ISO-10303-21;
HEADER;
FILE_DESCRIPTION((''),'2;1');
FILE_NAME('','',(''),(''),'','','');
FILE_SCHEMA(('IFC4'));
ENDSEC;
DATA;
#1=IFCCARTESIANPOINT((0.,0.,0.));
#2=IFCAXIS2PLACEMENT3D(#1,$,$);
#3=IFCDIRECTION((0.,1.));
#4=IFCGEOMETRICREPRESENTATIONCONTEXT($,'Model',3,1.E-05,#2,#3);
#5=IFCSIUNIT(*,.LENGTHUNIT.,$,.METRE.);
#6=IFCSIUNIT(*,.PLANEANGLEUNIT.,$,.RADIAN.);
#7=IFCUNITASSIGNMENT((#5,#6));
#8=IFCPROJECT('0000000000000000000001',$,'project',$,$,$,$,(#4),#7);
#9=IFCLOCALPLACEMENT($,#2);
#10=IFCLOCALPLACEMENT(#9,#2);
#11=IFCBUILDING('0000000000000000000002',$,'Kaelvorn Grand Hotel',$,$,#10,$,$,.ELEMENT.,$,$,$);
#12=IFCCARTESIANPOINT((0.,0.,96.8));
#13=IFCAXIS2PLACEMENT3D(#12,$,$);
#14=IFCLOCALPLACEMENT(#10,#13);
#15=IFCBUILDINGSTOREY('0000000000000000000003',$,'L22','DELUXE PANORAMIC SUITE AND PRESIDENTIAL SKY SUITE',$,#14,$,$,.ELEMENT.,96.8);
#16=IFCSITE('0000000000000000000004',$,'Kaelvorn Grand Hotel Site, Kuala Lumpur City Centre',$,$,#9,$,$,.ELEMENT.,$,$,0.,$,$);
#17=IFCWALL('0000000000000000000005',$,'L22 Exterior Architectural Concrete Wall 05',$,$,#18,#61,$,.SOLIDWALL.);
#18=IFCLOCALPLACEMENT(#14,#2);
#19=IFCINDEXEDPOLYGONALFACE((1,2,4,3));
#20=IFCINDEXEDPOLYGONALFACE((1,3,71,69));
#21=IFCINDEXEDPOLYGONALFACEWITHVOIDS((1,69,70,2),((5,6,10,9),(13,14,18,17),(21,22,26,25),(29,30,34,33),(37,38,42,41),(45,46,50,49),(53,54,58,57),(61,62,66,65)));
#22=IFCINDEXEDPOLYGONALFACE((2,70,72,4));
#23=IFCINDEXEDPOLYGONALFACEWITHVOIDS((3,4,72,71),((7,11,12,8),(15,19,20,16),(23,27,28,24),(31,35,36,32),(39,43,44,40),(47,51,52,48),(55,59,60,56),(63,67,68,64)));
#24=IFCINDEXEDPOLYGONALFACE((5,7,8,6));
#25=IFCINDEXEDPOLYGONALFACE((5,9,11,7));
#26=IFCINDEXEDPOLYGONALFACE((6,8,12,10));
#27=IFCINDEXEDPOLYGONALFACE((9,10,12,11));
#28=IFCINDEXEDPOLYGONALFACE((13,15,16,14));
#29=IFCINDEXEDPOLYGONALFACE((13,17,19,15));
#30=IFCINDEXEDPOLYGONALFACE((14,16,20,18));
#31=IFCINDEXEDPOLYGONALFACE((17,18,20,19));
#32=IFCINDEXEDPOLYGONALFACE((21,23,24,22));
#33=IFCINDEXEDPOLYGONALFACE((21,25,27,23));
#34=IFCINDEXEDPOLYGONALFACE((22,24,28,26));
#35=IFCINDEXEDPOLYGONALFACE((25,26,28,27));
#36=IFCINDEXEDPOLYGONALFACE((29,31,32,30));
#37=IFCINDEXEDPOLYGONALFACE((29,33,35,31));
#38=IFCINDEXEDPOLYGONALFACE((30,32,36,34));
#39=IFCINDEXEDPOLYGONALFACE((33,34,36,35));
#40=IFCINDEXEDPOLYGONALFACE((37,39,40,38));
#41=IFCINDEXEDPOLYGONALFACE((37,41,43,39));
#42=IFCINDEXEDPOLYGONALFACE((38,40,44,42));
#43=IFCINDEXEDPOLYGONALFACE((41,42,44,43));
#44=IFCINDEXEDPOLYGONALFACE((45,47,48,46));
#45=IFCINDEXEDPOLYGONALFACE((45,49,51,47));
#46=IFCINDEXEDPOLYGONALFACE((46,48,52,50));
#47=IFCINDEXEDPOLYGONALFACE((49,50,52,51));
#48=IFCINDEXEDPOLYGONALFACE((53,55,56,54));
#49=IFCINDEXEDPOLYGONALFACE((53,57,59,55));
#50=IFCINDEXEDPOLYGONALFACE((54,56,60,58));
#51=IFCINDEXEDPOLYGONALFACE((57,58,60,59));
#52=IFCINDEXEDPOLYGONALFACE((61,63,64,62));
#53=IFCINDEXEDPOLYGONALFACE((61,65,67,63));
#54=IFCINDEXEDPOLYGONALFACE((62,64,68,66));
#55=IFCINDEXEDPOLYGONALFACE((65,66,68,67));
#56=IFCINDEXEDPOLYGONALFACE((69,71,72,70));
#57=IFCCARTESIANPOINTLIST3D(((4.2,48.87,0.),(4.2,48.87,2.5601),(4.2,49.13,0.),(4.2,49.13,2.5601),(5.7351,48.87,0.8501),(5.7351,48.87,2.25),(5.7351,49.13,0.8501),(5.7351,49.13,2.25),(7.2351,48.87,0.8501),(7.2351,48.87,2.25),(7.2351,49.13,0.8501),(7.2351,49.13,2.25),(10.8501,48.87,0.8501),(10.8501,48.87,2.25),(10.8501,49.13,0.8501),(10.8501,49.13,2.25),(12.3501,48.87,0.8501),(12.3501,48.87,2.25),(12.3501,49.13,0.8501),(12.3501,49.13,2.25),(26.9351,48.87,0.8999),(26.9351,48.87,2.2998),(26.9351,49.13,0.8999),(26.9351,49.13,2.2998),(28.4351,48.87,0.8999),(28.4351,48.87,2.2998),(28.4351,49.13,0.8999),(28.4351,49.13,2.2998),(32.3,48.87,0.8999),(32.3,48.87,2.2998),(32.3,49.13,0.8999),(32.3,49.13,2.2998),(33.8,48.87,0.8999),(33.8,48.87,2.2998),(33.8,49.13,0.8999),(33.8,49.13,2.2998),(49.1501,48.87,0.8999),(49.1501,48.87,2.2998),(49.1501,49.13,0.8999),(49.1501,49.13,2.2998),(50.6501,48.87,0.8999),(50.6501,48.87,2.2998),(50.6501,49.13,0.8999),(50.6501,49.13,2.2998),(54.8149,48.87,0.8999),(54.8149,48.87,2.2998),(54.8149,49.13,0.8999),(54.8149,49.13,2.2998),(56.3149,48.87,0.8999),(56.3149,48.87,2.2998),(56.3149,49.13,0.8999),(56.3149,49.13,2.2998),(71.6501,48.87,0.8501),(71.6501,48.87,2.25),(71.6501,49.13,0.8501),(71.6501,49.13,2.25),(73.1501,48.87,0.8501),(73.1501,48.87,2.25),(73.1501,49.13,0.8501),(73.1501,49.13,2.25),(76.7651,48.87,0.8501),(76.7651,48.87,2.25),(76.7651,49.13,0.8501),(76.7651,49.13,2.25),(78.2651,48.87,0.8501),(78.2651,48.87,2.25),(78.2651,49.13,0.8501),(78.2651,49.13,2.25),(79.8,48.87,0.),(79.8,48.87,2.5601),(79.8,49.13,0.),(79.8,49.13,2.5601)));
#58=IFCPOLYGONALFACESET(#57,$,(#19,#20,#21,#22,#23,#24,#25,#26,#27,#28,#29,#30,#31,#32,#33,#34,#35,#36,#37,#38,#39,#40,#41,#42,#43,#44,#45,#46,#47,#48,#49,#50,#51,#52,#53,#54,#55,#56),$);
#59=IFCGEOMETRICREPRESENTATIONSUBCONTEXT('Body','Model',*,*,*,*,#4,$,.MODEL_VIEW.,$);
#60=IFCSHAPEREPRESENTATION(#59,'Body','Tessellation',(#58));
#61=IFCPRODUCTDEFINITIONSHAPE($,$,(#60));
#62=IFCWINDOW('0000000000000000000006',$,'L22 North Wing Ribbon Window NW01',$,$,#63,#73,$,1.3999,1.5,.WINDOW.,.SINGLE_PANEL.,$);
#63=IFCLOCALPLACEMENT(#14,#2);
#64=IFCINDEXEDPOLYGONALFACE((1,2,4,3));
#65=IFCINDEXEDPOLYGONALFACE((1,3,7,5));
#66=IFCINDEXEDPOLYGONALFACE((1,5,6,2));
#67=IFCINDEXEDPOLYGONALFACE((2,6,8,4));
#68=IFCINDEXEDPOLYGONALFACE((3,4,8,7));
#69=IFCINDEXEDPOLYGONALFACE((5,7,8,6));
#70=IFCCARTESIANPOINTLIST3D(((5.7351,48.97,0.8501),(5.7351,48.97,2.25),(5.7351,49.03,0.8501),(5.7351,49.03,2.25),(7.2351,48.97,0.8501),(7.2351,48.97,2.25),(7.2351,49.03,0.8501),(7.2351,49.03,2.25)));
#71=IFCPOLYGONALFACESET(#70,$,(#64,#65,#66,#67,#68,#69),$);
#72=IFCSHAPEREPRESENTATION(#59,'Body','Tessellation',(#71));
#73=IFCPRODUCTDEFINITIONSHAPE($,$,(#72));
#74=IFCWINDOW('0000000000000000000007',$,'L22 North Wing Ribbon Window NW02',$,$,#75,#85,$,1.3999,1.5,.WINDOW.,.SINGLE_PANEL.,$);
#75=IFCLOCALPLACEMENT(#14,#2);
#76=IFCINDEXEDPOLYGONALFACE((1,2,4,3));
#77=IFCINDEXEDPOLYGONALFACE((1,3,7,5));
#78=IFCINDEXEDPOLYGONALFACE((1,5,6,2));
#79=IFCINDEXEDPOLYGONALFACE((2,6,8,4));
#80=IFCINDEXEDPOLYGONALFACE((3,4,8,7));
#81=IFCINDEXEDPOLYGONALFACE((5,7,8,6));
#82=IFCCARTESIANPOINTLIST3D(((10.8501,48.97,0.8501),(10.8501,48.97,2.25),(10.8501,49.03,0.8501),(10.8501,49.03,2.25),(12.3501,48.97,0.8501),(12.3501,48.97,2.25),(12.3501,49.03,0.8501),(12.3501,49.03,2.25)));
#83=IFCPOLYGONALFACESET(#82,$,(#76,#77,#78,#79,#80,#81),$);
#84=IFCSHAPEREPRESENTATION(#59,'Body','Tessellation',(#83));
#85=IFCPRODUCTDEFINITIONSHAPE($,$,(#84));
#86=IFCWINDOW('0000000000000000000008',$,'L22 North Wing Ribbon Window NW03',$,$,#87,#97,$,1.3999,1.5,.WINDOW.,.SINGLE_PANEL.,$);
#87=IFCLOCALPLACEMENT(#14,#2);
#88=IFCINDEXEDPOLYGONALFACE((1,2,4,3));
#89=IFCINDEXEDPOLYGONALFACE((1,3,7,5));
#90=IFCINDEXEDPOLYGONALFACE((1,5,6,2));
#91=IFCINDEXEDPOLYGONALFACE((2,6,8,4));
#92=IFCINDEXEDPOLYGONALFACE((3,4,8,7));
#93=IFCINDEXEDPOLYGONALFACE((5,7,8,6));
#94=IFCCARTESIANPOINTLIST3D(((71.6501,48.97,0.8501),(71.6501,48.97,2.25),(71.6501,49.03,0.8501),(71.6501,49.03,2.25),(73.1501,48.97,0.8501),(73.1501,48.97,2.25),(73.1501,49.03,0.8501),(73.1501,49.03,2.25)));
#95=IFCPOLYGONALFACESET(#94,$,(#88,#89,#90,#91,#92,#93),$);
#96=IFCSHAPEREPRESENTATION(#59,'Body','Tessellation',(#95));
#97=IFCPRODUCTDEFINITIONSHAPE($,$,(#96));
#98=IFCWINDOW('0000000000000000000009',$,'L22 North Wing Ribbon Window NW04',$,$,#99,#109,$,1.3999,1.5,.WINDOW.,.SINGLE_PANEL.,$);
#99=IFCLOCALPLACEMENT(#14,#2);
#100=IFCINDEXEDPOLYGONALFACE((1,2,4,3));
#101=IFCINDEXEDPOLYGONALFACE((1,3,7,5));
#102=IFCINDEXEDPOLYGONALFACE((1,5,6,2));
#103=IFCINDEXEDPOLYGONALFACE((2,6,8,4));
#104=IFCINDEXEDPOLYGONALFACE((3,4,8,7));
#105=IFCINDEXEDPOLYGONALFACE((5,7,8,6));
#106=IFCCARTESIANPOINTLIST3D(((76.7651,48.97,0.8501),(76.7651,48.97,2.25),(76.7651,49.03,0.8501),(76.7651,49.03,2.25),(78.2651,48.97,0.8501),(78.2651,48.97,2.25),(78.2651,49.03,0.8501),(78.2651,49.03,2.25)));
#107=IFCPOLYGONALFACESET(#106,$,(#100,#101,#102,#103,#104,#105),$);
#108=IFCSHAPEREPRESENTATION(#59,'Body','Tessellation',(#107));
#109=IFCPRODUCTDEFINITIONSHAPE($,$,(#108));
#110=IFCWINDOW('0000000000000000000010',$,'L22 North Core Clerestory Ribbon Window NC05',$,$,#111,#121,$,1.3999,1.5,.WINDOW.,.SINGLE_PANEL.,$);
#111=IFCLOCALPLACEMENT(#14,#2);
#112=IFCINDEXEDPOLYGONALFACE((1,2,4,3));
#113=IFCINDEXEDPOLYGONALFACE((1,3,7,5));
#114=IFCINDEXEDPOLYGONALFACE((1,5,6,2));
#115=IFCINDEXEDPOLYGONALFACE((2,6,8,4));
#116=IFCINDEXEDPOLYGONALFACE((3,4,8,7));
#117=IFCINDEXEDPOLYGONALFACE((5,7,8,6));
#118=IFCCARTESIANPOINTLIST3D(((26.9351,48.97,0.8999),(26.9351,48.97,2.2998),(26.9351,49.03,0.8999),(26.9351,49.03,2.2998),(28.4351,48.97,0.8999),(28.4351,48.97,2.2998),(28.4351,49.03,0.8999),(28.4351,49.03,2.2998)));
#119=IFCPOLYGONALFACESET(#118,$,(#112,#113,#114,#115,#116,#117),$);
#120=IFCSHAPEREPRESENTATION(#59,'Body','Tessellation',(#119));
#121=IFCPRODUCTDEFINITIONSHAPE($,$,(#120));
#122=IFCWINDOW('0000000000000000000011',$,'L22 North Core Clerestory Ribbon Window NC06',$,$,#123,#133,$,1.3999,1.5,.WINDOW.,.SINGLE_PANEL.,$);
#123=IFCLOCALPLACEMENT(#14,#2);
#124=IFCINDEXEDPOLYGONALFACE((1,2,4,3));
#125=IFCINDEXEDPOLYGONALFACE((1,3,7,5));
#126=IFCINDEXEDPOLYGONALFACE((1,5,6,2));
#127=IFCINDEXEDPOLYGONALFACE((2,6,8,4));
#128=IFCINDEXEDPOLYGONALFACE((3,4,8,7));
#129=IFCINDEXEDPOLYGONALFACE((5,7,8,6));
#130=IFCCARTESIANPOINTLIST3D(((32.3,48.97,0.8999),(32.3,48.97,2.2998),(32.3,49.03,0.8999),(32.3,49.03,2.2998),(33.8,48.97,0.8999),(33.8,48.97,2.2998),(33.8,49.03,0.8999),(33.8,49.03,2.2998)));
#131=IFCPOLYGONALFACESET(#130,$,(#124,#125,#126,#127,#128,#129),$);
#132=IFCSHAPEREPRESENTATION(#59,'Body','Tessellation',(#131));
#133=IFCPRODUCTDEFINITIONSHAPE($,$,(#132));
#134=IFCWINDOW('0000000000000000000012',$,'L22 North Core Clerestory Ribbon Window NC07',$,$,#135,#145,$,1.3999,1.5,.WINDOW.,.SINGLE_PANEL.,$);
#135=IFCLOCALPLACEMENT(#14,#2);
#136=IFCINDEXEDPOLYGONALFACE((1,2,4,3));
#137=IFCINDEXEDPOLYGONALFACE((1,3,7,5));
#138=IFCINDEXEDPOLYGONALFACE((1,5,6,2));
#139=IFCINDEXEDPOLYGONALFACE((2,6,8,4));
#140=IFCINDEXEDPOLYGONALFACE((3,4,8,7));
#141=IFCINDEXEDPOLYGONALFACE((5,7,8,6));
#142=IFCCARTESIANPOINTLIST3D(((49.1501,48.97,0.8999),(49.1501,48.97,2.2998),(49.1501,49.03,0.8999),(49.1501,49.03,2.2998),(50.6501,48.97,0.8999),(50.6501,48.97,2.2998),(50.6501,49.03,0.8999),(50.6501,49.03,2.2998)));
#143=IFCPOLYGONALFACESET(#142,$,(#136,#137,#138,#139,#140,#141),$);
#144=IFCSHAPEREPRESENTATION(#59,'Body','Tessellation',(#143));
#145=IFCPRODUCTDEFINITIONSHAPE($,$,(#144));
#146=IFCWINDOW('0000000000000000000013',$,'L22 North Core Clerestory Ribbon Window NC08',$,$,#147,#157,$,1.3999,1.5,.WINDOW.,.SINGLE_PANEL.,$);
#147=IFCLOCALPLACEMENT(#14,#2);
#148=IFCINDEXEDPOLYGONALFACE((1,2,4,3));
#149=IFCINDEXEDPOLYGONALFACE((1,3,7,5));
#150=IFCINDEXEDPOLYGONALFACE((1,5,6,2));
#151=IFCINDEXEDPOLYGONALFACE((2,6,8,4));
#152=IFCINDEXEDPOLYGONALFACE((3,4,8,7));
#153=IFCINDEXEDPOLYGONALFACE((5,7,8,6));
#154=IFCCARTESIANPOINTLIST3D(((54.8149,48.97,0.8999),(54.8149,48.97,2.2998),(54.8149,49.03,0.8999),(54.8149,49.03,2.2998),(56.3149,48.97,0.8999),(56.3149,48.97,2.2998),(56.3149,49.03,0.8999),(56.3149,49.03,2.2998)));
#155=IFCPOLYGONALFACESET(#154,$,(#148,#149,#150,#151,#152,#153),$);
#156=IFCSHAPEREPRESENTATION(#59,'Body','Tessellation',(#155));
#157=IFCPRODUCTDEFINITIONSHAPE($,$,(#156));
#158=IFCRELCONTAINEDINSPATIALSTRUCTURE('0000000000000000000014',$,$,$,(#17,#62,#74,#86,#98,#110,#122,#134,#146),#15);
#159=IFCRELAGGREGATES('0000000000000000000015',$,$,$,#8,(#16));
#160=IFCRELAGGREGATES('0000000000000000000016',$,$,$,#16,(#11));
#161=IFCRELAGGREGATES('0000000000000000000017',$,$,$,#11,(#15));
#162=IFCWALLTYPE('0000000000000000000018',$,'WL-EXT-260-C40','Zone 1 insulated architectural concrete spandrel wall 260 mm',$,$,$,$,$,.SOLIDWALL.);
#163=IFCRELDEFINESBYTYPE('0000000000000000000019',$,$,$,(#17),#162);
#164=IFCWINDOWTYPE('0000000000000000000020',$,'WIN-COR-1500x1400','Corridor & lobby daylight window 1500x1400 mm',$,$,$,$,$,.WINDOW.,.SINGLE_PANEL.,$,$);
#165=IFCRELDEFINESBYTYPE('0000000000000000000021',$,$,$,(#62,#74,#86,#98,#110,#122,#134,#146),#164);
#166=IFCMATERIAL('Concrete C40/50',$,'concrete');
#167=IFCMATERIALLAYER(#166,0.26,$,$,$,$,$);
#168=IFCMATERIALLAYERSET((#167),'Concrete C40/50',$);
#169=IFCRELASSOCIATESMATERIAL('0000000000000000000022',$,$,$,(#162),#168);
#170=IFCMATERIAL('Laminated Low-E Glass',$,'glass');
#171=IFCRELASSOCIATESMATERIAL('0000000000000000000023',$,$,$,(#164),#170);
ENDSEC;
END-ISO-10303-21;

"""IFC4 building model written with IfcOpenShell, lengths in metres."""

from ifc_helpers import new_model, si_unit, direction, frame, frame_2d, origin, place, context, subcontext, project, spatial, rectangle, extrude, material, layer, layer_set, type_object, element, fill, save


model = new_model("IFC4")

# Units and contexts
model_context = context("Model", 3, precision=1e-05, world=origin(), true_north=direction((0.0, 1.0)))
body_context = subcontext(model_context, "Body", "Model", "MODEL_VIEW")
ifc_project = project(units=[si_unit("LENGTHUNIT", "METRE"), si_unit("PLANEANGLEUNIT", "RADIAN")], contexts=[model_context])

# Site, building, storey
site_placement = place(None, origin())
site = spatial("IfcSite", under=ifc_project, at=site_placement, Name="Kaelvorn Grand Hotel Site, Kuala Lumpur City Centre", CompositionType="ELEMENT", RefElevation=0.0)
building_placement = place(site_placement, origin())
building = spatial("IfcBuilding", under=site, at=building_placement, Name="Kaelvorn Grand Hotel", CompositionType="ELEMENT")
storey_placement = place(building_placement, frame((0.0, 0.0, 96.8)))
storey = spatial("IfcBuildingStorey", under=building, at=storey_placement, Name="L22", Description="DELUXE PANORAMIC SUITE AND PRESIDENTIAL SKY SUITE", CompositionType="ELEMENT", Elevation=96.8)

# Shared definitions
ifc_material_1 = material(Name="Concrete C40/50", Category="concrete")
ifc_layer_1 = layer(ifc_material_1, 0.26)
ifc_layer_set_1 = layer_set([ifc_layer_1], Name="Concrete C40/50")
wall_type = type_object("IfcWallType", Name="WL-EXT-260-C40", Description="Zone 1 insulated architectural concrete spandrel wall 260 mm", PredefinedType="SOLIDWALL", material=ifc_layer_set_1)

# Wall, openings, windows
wall_1_placement = place(storey_placement, frame((79.8, 49.0, 0.0), z_axis=(0.0, 0.0, 1.0), x_axis=(-1.0, 0.0, 0.0)))
wall_1 = element("IfcWall", 1, at=wall_1_placement, inside=storey, type_object=wall_type, Name="L22 Exterior Architectural Concrete Wall 05", PredefinedType="SOLIDWALL", context=body_context, shape_type="SweptSolid", body=[
    extrude(rectangle(XDim=75.6001, YDim=0.26, at=frame_2d((37.8, 0.0))), origin(), (0.0, 0.0, 1.0), 2.5601),
])
opening_1_placement = place(wall_1_placement, frame((72.5649, 0.0, 0.8501)))
opening_1 = element("IfcOpeningElement", 2, at=opening_1_placement, cuts=wall_1, PredefinedType="OPENING", context=body_context, shape_type="SweptSolid", body=[
    extrude(rectangle(XDim=1.5, YDim=1.3999, at=frame_2d((0.75, 0.7))), frame((0.0, 0.1401, 0.0), z_axis=(0.0, -1.0, 0.0), x_axis=(1.0, 0.0, 0.0)), (0.0, 0.0, 1.0), 0.28),
])
opening_2_placement = place(wall_1_placement, frame((67.45, 0.0, 0.8501)))
opening_2 = element("IfcOpeningElement", 3, at=opening_2_placement, cuts=wall_1, PredefinedType="OPENING", context=body_context, shape_type="SweptSolid", body=[
    extrude(rectangle(XDim=1.5, YDim=1.3999, at=frame_2d((0.75, 0.7))), frame((0.0, 0.1401, 0.0), z_axis=(0.0, -1.0, 0.0), x_axis=(1.0, 0.0, 0.0)), (0.0, 0.0, 1.0), 0.28),
])
opening_3_placement = place(wall_1_placement, frame((6.6499, 0.0, 0.8501)))
opening_3 = element("IfcOpeningElement", 4, at=opening_3_placement, cuts=wall_1, PredefinedType="OPENING", context=body_context, shape_type="SweptSolid", body=[
    extrude(rectangle(XDim=1.5, YDim=1.3999, at=frame_2d((0.75, 0.7))), frame((0.0, 0.1401, 0.0), z_axis=(0.0, -1.0, 0.0), x_axis=(1.0, 0.0, 0.0)), (0.0, 0.0, 1.0), 0.28),
])
opening_4_placement = place(wall_1_placement, frame((1.5349, 0.0, 0.8501)))
opening_4 = element("IfcOpeningElement", 5, at=opening_4_placement, cuts=wall_1, PredefinedType="OPENING", context=body_context, shape_type="SweptSolid", body=[
    extrude(rectangle(XDim=1.5, YDim=1.3999, at=frame_2d((0.75, 0.7))), frame((0.0, 0.1401, 0.0), z_axis=(0.0, -1.0, 0.0), x_axis=(1.0, 0.0, 0.0)), (0.0, 0.0, 1.0), 0.28),
])
opening_5_placement = place(wall_1_placement, frame((51.365, 0.0, 0.8999)))
opening_5 = element("IfcOpeningElement", 6, at=opening_5_placement, cuts=wall_1, PredefinedType="OPENING", context=body_context, shape_type="SweptSolid", body=[
    extrude(rectangle(XDim=1.5, YDim=1.3999, at=frame_2d((0.75, 0.7))), frame((0.0, 0.1401, 0.0), z_axis=(0.0, -1.0, 0.0), x_axis=(1.0, 0.0, 0.0)), (0.0, 0.0, 1.0), 0.28),
])
opening_6_placement = place(wall_1_placement, frame((46.0, 0.0, 0.8999)))
opening_6 = element("IfcOpeningElement", 7, at=opening_6_placement, cuts=wall_1, PredefinedType="OPENING", context=body_context, shape_type="SweptSolid", body=[
    extrude(rectangle(XDim=1.5, YDim=1.3999, at=frame_2d((0.75, 0.7))), frame((0.0, 0.1401, 0.0), z_axis=(0.0, -1.0, 0.0), x_axis=(1.0, 0.0, 0.0)), (0.0, 0.0, 1.0), 0.28),
])
opening_7_placement = place(wall_1_placement, frame((29.1499, 0.0, 0.8999)))
opening_7 = element("IfcOpeningElement", 8, at=opening_7_placement, cuts=wall_1, PredefinedType="OPENING", context=body_context, shape_type="SweptSolid", body=[
    extrude(rectangle(XDim=1.5, YDim=1.3999, at=frame_2d((0.75, 0.7))), frame((0.0, 0.1401, 0.0), z_axis=(0.0, -1.0, 0.0), x_axis=(1.0, 0.0, 0.0)), (0.0, 0.0, 1.0), 0.28),
])
opening_8_placement = place(wall_1_placement, frame((23.4851, 0.0, 0.8999)))
opening_8 = element("IfcOpeningElement", 9, at=opening_8_placement, cuts=wall_1, PredefinedType="OPENING", context=body_context, shape_type="SweptSolid", body=[
    extrude(rectangle(XDim=1.5, YDim=1.3999, at=frame_2d((0.75, 0.7))), frame((0.0, 0.1401, 0.0), z_axis=(0.0, -1.0, 0.0), x_axis=(1.0, 0.0, 0.0)), (0.0, 0.0, 1.0), 0.28),
])
ifc_material_2 = material(Name="Laminated Low-E Glass", Category="glass")
window_type = type_object("IfcWindowType", Name="WIN-COR-1500x1400", Description="Corridor & lobby daylight window 1500x1400 mm", PartitioningType="SINGLE_PANEL", PredefinedType="WINDOW", material=ifc_material_2)
window_1_placement = place(opening_1_placement, origin())
window_1 = element("IfcWindow", 10, at=window_1_placement, inside=storey, type_object=window_type, Name="L22 North Wing Ribbon Window NW01", OverallHeight=1.3999, OverallWidth=1.5, PartitioningType="SINGLE_PANEL", PredefinedType="WINDOW", context=body_context, shape_type="SweptSolid", body=[
    extrude(rectangle(XDim=1.5, YDim=1.3999, at=frame_2d((0.75, 0.7))), frame((0.0, 0.03, 0.0), z_axis=(0.0, -1.0, 0.0), x_axis=(1.0, 0.0, 0.0)), (0.0, 0.0, 1.0), 0.0601),
])
fill(opening_1, window_1)
window_2_placement = place(opening_2_placement, origin())
window_2 = element("IfcWindow", 11, at=window_2_placement, inside=storey, type_object=window_type, Name="L22 North Wing Ribbon Window NW02", OverallHeight=1.3999, OverallWidth=1.5, PartitioningType="SINGLE_PANEL", PredefinedType="WINDOW", context=body_context, shape_type="SweptSolid", body=[
    extrude(rectangle(XDim=1.5, YDim=1.3999, at=frame_2d((0.75, 0.7))), frame((0.0, 0.03, 0.0), z_axis=(0.0, -1.0, 0.0), x_axis=(1.0, 0.0, 0.0)), (0.0, 0.0, 1.0), 0.0601),
])
fill(opening_2, window_2)
window_3_placement = place(opening_3_placement, origin())
window_3 = element("IfcWindow", 12, at=window_3_placement, inside=storey, type_object=window_type, Name="L22 North Wing Ribbon Window NW03", OverallHeight=1.3999, OverallWidth=1.5, PartitioningType="SINGLE_PANEL", PredefinedType="WINDOW", context=body_context, shape_type="SweptSolid", body=[
    extrude(rectangle(XDim=1.5, YDim=1.3999, at=frame_2d((0.75, 0.7))), frame((0.0, 0.03, 0.0), z_axis=(0.0, -1.0, 0.0), x_axis=(1.0, 0.0, 0.0)), (0.0, 0.0, 1.0), 0.0601),
])
fill(opening_3, window_3)
window_4_placement = place(opening_4_placement, origin())
window_4 = element("IfcWindow", 13, at=window_4_placement, inside=storey, type_object=window_type, Name="L22 North Wing Ribbon Window NW04", OverallHeight=1.3999, OverallWidth=1.5, PartitioningType="SINGLE_PANEL", PredefinedType="WINDOW", context=body_context, shape_type="SweptSolid", body=[
    extrude(rectangle(XDim=1.5, YDim=1.3999, at=frame_2d((0.75, 0.7))), frame((0.0, 0.03, 0.0), z_axis=(0.0, -1.0, 0.0), x_axis=(1.0, 0.0, 0.0)), (0.0, 0.0, 1.0), 0.0601),
])
fill(opening_4, window_4)
window_5_placement = place(opening_5_placement, origin())
window_5 = element("IfcWindow", 14, at=window_5_placement, inside=storey, type_object=window_type, Name="L22 North Core Clerestory Ribbon Window NC05", OverallHeight=1.3999, OverallWidth=1.5, PartitioningType="SINGLE_PANEL", PredefinedType="WINDOW", context=body_context, shape_type="SweptSolid", body=[
    extrude(rectangle(XDim=1.5, YDim=1.3999, at=frame_2d((0.75, 0.7))), frame((0.0, 0.03, 0.0), z_axis=(0.0, -1.0, 0.0), x_axis=(1.0, 0.0, 0.0)), (0.0, 0.0, 1.0), 0.0601),
])
fill(opening_5, window_5)
window_6_placement = place(opening_6_placement, origin())
window_6 = element("IfcWindow", 15, at=window_6_placement, inside=storey, type_object=window_type, Name="L22 North Core Clerestory Ribbon Window NC06", OverallHeight=1.3999, OverallWidth=1.5, PartitioningType="SINGLE_PANEL", PredefinedType="WINDOW", context=body_context, shape_type="SweptSolid", body=[
    extrude(rectangle(XDim=1.5, YDim=1.3999, at=frame_2d((0.75, 0.7))), frame((0.0, 0.03, 0.0), z_axis=(0.0, -1.0, 0.0), x_axis=(1.0, 0.0, 0.0)), (0.0, 0.0, 1.0), 0.0601),
])
fill(opening_6, window_6)
window_7_placement = place(opening_7_placement, origin())
window_7 = element("IfcWindow", 16, at=window_7_placement, inside=storey, type_object=window_type, Name="L22 North Core Clerestory Ribbon Window NC07", OverallHeight=1.3999, OverallWidth=1.5, PartitioningType="SINGLE_PANEL", PredefinedType="WINDOW", context=body_context, shape_type="SweptSolid", body=[
    extrude(rectangle(XDim=1.5, YDim=1.3999, at=frame_2d((0.75, 0.7))), frame((0.0, 0.03, 0.0), z_axis=(0.0, -1.0, 0.0), x_axis=(1.0, 0.0, 0.0)), (0.0, 0.0, 1.0), 0.0601),
])
fill(opening_7, window_7)
window_8_placement = place(opening_8_placement, origin())
window_8 = element("IfcWindow", 17, at=window_8_placement, inside=storey, type_object=window_type, Name="L22 North Core Clerestory Ribbon Window NC08", OverallHeight=1.3999, OverallWidth=1.5, PartitioningType="SINGLE_PANEL", PredefinedType="WINDOW", context=body_context, shape_type="SweptSolid", body=[
    extrude(rectangle(XDim=1.5, YDim=1.3999, at=frame_2d((0.75, 0.7))), frame((0.0, 0.03, 0.0), z_axis=(0.0, -1.0, 0.0), x_axis=(1.0, 0.0, 0.0)), (0.0, 0.0, 1.0), 0.0601),
])
fill(opening_8, window_8)

save(model, "model.ifc")
